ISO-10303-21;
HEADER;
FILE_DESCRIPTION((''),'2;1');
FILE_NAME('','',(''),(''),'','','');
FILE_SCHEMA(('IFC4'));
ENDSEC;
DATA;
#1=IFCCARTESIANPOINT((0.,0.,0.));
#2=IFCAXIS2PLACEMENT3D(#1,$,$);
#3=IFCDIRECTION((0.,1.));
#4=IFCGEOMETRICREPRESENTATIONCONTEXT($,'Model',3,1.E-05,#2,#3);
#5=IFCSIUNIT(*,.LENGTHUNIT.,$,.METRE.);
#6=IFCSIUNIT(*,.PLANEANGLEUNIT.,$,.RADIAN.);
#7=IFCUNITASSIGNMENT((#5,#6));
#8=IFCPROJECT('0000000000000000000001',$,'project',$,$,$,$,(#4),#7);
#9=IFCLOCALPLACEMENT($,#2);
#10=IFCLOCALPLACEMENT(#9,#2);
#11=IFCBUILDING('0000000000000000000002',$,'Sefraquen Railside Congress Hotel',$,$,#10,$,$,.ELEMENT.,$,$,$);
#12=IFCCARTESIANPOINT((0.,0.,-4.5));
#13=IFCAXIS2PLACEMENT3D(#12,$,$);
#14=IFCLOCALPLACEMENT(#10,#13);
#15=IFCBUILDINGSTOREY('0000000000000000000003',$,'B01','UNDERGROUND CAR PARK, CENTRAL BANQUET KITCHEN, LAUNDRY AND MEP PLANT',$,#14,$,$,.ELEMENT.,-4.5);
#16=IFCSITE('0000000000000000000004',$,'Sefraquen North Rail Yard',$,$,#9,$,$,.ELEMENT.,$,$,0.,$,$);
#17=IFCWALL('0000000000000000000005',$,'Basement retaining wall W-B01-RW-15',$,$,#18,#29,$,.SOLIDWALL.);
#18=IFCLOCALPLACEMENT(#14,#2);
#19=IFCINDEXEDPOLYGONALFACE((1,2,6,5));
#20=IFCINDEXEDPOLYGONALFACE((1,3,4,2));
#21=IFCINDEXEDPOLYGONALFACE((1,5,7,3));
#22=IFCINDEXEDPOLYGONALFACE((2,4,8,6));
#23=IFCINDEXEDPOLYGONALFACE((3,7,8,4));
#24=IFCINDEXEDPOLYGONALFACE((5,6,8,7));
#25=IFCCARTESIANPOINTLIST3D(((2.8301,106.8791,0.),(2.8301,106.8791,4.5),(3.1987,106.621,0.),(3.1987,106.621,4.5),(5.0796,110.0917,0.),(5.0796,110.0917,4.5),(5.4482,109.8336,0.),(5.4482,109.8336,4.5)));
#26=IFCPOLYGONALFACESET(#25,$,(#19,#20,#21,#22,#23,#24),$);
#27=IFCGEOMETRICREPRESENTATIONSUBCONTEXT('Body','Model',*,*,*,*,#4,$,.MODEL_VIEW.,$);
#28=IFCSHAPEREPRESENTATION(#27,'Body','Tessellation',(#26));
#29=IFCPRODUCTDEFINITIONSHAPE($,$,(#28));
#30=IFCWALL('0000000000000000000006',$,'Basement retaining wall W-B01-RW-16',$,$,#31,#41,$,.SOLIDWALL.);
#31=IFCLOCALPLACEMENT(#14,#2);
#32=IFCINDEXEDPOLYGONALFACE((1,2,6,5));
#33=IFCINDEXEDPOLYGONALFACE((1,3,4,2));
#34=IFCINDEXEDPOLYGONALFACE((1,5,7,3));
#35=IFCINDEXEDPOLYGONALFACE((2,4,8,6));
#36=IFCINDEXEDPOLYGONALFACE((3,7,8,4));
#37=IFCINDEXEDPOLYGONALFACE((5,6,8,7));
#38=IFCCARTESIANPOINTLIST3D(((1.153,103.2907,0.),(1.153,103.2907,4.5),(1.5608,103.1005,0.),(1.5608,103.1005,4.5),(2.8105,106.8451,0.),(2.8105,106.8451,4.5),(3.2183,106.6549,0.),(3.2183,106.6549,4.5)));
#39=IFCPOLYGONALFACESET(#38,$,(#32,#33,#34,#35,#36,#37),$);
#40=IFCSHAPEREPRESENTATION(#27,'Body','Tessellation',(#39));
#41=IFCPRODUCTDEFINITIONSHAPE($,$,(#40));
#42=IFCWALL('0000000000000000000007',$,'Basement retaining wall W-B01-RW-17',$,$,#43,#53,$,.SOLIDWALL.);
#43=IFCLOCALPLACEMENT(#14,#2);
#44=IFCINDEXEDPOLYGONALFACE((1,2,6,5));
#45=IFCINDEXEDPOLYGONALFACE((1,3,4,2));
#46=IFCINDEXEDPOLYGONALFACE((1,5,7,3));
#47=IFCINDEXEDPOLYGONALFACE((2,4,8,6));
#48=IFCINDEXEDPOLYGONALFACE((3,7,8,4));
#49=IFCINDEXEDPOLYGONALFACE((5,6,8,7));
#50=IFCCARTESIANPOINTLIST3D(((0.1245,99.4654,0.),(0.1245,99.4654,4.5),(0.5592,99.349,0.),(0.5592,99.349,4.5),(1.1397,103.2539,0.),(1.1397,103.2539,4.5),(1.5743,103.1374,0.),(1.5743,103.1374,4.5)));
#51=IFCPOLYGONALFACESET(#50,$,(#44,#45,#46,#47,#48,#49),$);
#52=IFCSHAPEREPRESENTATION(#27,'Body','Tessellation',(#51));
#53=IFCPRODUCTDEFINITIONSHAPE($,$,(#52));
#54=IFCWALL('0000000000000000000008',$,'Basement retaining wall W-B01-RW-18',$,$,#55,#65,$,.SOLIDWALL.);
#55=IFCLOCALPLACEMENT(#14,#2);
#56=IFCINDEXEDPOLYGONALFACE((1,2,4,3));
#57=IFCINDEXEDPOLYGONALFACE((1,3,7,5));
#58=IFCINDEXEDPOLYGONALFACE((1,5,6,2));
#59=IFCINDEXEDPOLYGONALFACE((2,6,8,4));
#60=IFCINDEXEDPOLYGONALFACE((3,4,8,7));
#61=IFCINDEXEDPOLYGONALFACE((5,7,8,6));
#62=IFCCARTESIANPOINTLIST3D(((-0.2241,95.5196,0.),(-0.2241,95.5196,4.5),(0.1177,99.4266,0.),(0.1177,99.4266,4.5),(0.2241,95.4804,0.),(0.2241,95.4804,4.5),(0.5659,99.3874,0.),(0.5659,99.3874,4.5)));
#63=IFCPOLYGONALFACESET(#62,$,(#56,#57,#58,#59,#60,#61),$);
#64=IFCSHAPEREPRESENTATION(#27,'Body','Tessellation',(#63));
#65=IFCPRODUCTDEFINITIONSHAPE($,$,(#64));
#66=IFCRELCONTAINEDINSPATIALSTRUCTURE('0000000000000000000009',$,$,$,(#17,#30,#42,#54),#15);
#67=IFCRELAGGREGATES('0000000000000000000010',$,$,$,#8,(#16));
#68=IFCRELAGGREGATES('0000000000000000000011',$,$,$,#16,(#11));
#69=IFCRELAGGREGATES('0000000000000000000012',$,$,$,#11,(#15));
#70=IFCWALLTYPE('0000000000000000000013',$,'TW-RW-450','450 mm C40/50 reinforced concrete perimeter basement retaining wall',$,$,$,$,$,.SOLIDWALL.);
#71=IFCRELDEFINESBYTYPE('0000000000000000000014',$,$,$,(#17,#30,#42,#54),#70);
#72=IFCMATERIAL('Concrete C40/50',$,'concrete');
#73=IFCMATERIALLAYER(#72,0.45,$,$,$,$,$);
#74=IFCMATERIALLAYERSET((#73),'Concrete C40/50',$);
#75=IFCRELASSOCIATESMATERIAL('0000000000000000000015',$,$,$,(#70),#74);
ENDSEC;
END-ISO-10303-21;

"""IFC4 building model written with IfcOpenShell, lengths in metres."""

from ifc_helpers import new_model, si_unit, direction, frame, frame_2d, origin, place, context, subcontext, project, spatial, rectangle, extrude, material, layer, layer_set, type_object, element, save


model = new_model("IFC4")

# Units and contexts
model_context = context("Model", 3, precision=1e-05, world=origin(), true_north=direction((0.0, 1.0)))
body_context = subcontext(model_context, "Body", "Model", "MODEL_VIEW")
ifc_project = project(units=[si_unit("LENGTHUNIT", "METRE"), si_unit("PLANEANGLEUNIT", "RADIAN")], contexts=[model_context])

# Site, building, storey
site_placement = place(None, origin())
site = spatial("IfcSite", under=ifc_project, at=site_placement, Name="Sefraquen North Rail Yard", CompositionType="ELEMENT", RefElevation=0.0)
building_placement = place(site_placement, origin())
building = spatial("IfcBuilding", under=site, at=building_placement, Name="Sefraquen Railside Congress Hotel", CompositionType="ELEMENT")
storey_placement = place(building_placement, frame((0.0, 0.0, -4.5)))
storey = spatial("IfcBuildingStorey", under=building, at=storey_placement, Name="B01", Description="UNDERGROUND CAR PARK, CENTRAL BANQUET KITCHEN, LAUNDRY AND MEP PLANT", CompositionType="ELEMENT", Elevation=-4.5)

# Shared definitions
ifc_material_1 = material(Name="Concrete C40/50", Category="concrete")

# Walls
ifc_layer = layer(ifc_material_1, 0.45)
ifc_layer_set = layer_set([ifc_layer], Name="Concrete C40/50")
wall_type = type_object("IfcWallType", Name="TW-RW-450", Description="450 mm C40/50 reinforced concrete perimeter basement retaining wall", PredefinedType="SOLIDWALL", material=ifc_layer_set)
for number, where, z_axis, x_axis, name in (
    (1, (5.2639, 109.9626, 0.0), (0.0, 0.0, 1.0), (-0.573575, -0.819153, 0.0), "Basement retaining wall W-B01-RW-15"),
    (2, (3.0144, 106.75, 0.0), (0.0, 0.0, 1.0), (-0.42262, -0.906307, 0.0), "Basement retaining wall W-B01-RW-16"),
):
    element("IfcWall", number, at=place(storey_placement, frame(where, z_axis=z_axis, x_axis=x_axis)), inside=storey, type_object=wall_type, Name=name, PredefinedType="SOLIDWALL", context=body_context, shape_type="SweptSolid", body=[
        extrude(rectangle(XDim=3.9219, YDim=0.45, at=frame_2d((1.9609, 0.0))), origin(), (0.0, 0.0, 1.0), 4.5),
    ])
wall_1_placement = place(storey_placement, frame((1.3569, 103.1956, 0.0), z_axis=(0.0, 0.0, 1.0), x_axis=(-0.258817, -0.965926, 0.0)))
element("IfcWall", 3, at=wall_1_placement, inside=storey, type_object=wall_type, Name="Basement retaining wall W-B01-RW-17", PredefinedType="SOLIDWALL", context=body_context, shape_type="SweptSolid", body=[
    extrude(rectangle(XDim=3.9221, YDim=0.45, at=frame_2d((1.9609, 0.0))), origin(), (0.0, 0.0, 1.0), 4.5),
])
wall_2_placement = place(storey_placement, frame((0.3418, 99.407, 0.0), z_axis=(0.0, 0.0, 1.0), x_axis=(-0.087151, -0.996195, 0.0)))
element("IfcWall", 4, at=wall_2_placement, inside=storey, type_object=wall_type, Name="Basement retaining wall W-B01-RW-18", PredefinedType="SOLIDWALL", context=body_context, shape_type="SweptSolid", body=[
    extrude(rectangle(XDim=3.9219, YDim=0.45, at=frame_2d((1.9609, 0.0))), origin(), (0.0, 0.0, 1.0), 4.5),
])

save(model, "model.ifc")
